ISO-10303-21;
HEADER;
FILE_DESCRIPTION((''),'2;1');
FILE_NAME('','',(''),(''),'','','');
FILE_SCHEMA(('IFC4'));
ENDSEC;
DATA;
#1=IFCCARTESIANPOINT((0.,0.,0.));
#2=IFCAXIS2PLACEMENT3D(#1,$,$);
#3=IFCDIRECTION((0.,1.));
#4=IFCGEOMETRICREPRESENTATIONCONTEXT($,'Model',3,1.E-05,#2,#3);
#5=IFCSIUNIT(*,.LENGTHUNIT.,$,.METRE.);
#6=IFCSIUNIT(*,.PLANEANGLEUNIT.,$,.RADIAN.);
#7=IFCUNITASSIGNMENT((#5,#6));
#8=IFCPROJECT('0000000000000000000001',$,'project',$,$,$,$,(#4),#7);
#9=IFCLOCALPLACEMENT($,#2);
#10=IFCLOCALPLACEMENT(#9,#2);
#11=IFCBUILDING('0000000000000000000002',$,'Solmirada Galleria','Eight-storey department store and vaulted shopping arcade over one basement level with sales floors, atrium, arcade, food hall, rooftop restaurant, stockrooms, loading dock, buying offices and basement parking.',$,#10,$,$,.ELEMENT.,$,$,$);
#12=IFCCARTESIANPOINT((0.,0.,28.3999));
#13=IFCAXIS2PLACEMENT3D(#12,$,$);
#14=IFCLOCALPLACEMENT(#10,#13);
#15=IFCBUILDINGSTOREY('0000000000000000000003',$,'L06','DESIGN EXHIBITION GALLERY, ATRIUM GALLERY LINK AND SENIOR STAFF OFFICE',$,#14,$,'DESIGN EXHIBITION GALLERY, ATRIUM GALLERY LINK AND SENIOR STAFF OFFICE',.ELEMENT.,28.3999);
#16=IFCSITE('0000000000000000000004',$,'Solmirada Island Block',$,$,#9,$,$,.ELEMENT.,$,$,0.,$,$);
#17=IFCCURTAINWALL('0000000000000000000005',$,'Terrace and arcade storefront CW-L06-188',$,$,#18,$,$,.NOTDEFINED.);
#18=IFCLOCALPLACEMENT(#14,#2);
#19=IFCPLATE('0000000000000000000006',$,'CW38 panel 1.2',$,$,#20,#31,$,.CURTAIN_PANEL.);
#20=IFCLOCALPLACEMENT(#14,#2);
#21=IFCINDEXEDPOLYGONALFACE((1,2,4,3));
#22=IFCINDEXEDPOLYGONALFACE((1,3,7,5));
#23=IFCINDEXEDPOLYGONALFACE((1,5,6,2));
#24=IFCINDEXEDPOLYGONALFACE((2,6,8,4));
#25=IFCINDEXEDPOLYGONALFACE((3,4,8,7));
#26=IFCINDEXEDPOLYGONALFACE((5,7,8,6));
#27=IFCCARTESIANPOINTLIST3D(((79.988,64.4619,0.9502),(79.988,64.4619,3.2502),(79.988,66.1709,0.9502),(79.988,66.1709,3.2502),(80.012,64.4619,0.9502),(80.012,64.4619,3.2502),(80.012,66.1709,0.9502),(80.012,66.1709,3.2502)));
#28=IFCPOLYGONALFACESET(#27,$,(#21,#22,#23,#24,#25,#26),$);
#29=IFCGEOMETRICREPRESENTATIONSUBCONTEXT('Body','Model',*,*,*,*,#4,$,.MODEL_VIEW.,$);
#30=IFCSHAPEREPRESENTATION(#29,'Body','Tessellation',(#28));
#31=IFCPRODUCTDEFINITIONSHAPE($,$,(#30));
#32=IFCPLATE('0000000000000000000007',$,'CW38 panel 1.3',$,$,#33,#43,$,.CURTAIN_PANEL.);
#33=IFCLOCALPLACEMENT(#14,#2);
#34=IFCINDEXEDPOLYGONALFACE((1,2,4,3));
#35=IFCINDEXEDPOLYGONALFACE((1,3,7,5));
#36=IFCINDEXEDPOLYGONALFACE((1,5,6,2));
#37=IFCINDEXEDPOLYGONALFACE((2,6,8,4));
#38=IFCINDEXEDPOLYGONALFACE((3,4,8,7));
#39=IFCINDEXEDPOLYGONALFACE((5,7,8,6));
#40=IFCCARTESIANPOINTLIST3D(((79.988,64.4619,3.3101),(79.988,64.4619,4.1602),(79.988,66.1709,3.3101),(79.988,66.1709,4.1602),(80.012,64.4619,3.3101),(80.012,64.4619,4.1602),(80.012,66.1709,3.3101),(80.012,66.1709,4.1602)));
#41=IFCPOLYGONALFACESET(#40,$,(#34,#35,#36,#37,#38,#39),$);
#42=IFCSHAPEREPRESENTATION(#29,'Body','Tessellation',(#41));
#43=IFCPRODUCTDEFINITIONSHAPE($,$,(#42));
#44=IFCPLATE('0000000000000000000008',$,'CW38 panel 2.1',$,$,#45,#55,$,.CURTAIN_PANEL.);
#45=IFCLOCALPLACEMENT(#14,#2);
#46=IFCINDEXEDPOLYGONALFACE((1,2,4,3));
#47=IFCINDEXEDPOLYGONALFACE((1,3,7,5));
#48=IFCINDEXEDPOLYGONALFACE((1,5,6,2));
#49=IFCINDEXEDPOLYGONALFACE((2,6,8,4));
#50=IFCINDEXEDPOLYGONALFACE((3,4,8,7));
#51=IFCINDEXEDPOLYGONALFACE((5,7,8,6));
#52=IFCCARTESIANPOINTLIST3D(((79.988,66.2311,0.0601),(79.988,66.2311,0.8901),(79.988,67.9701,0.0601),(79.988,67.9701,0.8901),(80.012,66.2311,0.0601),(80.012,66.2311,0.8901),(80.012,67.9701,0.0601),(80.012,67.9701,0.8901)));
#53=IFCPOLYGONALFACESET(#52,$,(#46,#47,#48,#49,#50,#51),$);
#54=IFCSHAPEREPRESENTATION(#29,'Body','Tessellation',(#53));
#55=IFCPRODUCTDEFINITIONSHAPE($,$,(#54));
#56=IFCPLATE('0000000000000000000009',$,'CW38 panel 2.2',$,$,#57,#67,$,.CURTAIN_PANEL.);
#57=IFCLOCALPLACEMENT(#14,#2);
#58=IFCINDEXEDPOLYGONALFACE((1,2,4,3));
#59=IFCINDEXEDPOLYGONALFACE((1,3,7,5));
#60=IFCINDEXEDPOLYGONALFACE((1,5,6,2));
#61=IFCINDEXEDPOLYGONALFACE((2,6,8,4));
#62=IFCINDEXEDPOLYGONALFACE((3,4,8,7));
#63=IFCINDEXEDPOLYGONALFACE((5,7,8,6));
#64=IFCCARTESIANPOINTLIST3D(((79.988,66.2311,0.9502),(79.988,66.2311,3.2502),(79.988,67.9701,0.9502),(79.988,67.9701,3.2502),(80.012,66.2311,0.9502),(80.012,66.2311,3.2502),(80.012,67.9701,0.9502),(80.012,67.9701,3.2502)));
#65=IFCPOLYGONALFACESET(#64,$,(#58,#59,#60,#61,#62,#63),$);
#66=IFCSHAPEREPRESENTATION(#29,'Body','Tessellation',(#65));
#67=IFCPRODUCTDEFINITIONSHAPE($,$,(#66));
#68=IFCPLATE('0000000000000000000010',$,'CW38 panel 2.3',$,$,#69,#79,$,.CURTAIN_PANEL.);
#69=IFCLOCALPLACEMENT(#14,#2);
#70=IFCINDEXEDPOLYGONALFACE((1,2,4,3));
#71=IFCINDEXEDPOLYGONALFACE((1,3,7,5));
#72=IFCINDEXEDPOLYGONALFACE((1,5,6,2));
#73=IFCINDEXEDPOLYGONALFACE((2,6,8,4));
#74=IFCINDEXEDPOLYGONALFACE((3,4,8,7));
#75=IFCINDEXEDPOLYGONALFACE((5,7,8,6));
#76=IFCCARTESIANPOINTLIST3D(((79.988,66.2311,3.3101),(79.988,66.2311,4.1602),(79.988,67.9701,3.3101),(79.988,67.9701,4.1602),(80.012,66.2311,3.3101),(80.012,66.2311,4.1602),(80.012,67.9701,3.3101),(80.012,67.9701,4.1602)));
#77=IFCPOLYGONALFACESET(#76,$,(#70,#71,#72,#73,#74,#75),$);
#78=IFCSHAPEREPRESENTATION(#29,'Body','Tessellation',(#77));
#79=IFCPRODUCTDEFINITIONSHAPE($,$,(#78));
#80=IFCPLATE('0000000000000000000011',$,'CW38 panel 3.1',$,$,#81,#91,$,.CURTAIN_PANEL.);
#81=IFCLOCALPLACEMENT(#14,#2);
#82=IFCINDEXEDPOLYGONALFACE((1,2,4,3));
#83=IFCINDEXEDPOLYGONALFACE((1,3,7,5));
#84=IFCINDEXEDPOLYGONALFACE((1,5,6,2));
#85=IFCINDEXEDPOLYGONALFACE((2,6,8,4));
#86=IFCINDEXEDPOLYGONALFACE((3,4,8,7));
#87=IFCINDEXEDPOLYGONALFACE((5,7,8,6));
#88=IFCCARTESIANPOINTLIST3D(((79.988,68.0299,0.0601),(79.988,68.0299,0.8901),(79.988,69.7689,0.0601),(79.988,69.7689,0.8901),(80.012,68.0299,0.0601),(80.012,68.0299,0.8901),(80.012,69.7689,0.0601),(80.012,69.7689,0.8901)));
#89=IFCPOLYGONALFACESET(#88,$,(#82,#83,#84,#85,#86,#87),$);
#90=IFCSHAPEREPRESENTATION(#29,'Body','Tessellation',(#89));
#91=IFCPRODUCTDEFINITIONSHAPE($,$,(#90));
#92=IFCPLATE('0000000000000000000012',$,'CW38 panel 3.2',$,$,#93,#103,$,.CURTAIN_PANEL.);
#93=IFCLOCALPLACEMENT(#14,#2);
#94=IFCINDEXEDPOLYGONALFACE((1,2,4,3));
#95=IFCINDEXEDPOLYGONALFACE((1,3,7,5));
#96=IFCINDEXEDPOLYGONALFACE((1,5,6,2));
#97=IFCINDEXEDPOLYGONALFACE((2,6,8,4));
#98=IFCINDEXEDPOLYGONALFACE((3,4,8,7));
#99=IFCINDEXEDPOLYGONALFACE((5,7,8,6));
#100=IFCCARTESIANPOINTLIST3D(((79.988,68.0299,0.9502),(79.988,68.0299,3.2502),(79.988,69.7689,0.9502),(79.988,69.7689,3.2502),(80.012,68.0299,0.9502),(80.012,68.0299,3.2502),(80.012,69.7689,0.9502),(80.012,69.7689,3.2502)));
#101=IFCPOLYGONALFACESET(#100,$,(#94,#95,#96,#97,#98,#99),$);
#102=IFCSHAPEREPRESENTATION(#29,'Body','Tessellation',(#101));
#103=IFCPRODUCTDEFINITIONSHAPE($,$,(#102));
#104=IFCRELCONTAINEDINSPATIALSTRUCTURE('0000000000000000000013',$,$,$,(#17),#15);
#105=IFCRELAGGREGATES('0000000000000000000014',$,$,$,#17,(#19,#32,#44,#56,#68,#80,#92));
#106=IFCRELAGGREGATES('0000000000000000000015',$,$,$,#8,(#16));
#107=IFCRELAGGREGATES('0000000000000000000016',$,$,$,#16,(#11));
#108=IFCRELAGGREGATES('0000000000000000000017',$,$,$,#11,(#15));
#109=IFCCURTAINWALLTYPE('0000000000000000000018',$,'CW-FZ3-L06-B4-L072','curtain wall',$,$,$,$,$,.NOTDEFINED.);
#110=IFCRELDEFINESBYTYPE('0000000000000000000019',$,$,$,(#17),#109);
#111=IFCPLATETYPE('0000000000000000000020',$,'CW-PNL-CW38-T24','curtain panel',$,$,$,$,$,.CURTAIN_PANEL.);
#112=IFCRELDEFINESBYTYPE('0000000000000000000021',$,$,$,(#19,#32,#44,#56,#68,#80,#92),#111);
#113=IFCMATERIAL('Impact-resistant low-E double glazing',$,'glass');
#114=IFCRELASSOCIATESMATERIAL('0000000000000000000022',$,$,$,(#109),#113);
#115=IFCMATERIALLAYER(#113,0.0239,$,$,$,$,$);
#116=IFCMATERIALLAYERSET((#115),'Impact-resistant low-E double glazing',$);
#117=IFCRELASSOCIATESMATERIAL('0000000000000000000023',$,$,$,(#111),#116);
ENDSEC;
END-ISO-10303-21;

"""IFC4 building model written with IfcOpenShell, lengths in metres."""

from ifc_helpers import new_model, si_unit, direction, frame, origin, origin_2d, place, context, subcontext, project, spatial, rectangle, extrude, material, layer, layer_set, type_object, element, aggregate, save


model = new_model("IFC4")

# Units and contexts
model_context = context("Model", 3, precision=1e-05, world=origin(), true_north=direction((0.0, 1.0)))
body_context = subcontext(model_context, "Body", "Model", "MODEL_VIEW")
ifc_project = project(units=[si_unit("LENGTHUNIT", "METRE"), si_unit("PLANEANGLEUNIT", "RADIAN")], contexts=[model_context])

# Site, building, storey
site_placement = place(None, origin())
site = spatial("IfcSite", under=ifc_project, at=site_placement, Name="Solmirada Island Block", CompositionType="ELEMENT", RefElevation=0.0)
building_placement = place(site_placement, origin())
building = spatial("IfcBuilding", under=site, at=building_placement, Name="Solmirada Galleria", Description="Eight-storey department store and vaulted shopping arcade over one basement level with sales floors, atrium, arcade, food hall, rooftop restaurant, stockrooms, loading dock, buying offices and basement parking.", CompositionType="ELEMENT")
storey_placement = place(building_placement, frame((0.0, 0.0, 28.3999)))
storey = spatial("IfcBuildingStorey", under=building, at=storey_placement, Name="L06", Description="DESIGN EXHIBITION GALLERY, ATRIUM GALLERY LINK AND SENIOR STAFF OFFICE", LongName="DESIGN EXHIBITION GALLERY, ATRIUM GALLERY LINK AND SENIOR STAFF OFFICE", CompositionType="ELEMENT", Elevation=28.3999)

# Shared definitions
ifc_material_1 = material(Name="Impact-resistant low-E double glazing", Category="glass")
curtain_wall_type = type_object("IfcCurtainWallType", Name="CW-FZ3-L06-B4-L072", Description="curtain wall", PredefinedType="NOTDEFINED", material=ifc_material_1)

# Curtain wall
curtain_wall_1_placement = place(storey_placement, origin())
curtain_wall_1 = element("IfcCurtainWall", 1, at=curtain_wall_1_placement, inside=storey, type_object=curtain_wall_type, Name="Terrace and arcade storefront CW-L06-188", PredefinedType="NOTDEFINED")

# Plates
ifc_layer = layer(ifc_material_1, 0.0239)
ifc_layer_set = layer_set([ifc_layer], Name="Impact-resistant low-E double glazing")
plate_type = type_object("IfcPlateType", Name="CW-PNL-CW38-T24", Description="curtain panel", PredefinedType="CURTAIN_PANEL", material=ifc_layer_set)
plate_1_placement = place(storey_placement, frame((80.0, 65.3164, 0.9502), z_axis=(0.0, 0.0, 1.0), x_axis=(0.0, 1.0, 0.0)))
plate_1 = element("IfcPlate", 2, at=plate_1_placement, type_object=plate_type, Name="CW38 panel 1.2", PredefinedType="CURTAIN_PANEL", context=body_context, shape_type="SweptSolid", body=[
    extrude(rectangle(XDim=1.709, YDim=0.0239, at=origin_2d()), origin(), (0.0, 0.0, 1.0), 2.3),
])
plate_2_placement = place(storey_placement, frame((80.0, 65.3164, 3.3101), z_axis=(0.0, 0.0, 1.0), x_axis=(0.0, 1.0, 0.0)))
plate_2 = element("IfcPlate", 3, at=plate_2_placement, type_object=plate_type, Name="CW38 panel 1.3", PredefinedType="CURTAIN_PANEL", context=body_context, shape_type="SweptSolid", body=[
    extrude(rectangle(XDim=1.709, YDim=0.0239, at=origin_2d()), origin(), (0.0, 0.0, 1.0), 0.8501),
])
plate_3_placement = place(storey_placement, frame((80.0, 67.1006, 0.0601), z_axis=(0.0, 0.0, 1.0), x_axis=(0.0, 1.0, 0.0)))
plate_3 = element("IfcPlate", 4, at=plate_3_placement, type_object=plate_type, Name="CW38 panel 2.1", PredefinedType="CURTAIN_PANEL", context=body_context, shape_type="SweptSolid", body=[
    extrude(rectangle(XDim=1.739, YDim=0.0239, at=origin_2d()), origin(), (0.0, 0.0, 1.0), 0.8301),
])
plate_4_placement = place(storey_placement, frame((80.0, 67.1006, 0.9502), z_axis=(0.0, 0.0, 1.0), x_axis=(0.0, 1.0, 0.0)))
plate_4 = element("IfcPlate", 5, at=plate_4_placement, type_object=plate_type, Name="CW38 panel 2.2", PredefinedType="CURTAIN_PANEL", context=body_context, shape_type="SweptSolid", body=[
    extrude(rectangle(XDim=1.739, YDim=0.0239, at=origin_2d()), origin(), (0.0, 0.0, 1.0), 2.3),
])
plate_5_placement = place(storey_placement, frame((80.0, 67.1006, 3.3101), z_axis=(0.0, 0.0, 1.0), x_axis=(0.0, 1.0, 0.0)))
plate_5 = element("IfcPlate", 6, at=plate_5_placement, type_object=plate_type, Name="CW38 panel 2.3", PredefinedType="CURTAIN_PANEL", context=body_context, shape_type="SweptSolid", body=[
    extrude(rectangle(XDim=1.739, YDim=0.0239, at=origin_2d()), origin(), (0.0, 0.0, 1.0), 0.8501),
])
plate_6_placement = place(storey_placement, frame((80.0, 68.8994, 0.0601), z_axis=(0.0, 0.0, 1.0), x_axis=(0.0, 1.0, 0.0)))
plate_6 = element("IfcPlate", 7, at=plate_6_placement, type_object=plate_type, Name="CW38 panel 3.1", PredefinedType="CURTAIN_PANEL", context=body_context, shape_type="SweptSolid", body=[
    extrude(rectangle(XDim=1.739, YDim=0.0239, at=origin_2d()), origin(), (0.0, 0.0, 1.0), 0.8301),
])
plate_7_placement = place(storey_placement, frame((80.0, 68.8994, 0.9502), z_axis=(0.0, 0.0, 1.0), x_axis=(0.0, 1.0, 0.0)))
plate_7 = element("IfcPlate", 8, at=plate_7_placement, type_object=plate_type, Name="CW38 panel 3.2", PredefinedType="CURTAIN_PANEL", context=body_context, shape_type="SweptSolid", body=[
    extrude(rectangle(XDim=1.739, YDim=0.0239, at=origin_2d()), origin(), (0.0, 0.0, 1.0), 2.3),
])
aggregate(curtain_wall_1, [plate_1, plate_2, plate_3, plate_4, plate_5, plate_6, plate_7])

save(model, "model.ifc")
